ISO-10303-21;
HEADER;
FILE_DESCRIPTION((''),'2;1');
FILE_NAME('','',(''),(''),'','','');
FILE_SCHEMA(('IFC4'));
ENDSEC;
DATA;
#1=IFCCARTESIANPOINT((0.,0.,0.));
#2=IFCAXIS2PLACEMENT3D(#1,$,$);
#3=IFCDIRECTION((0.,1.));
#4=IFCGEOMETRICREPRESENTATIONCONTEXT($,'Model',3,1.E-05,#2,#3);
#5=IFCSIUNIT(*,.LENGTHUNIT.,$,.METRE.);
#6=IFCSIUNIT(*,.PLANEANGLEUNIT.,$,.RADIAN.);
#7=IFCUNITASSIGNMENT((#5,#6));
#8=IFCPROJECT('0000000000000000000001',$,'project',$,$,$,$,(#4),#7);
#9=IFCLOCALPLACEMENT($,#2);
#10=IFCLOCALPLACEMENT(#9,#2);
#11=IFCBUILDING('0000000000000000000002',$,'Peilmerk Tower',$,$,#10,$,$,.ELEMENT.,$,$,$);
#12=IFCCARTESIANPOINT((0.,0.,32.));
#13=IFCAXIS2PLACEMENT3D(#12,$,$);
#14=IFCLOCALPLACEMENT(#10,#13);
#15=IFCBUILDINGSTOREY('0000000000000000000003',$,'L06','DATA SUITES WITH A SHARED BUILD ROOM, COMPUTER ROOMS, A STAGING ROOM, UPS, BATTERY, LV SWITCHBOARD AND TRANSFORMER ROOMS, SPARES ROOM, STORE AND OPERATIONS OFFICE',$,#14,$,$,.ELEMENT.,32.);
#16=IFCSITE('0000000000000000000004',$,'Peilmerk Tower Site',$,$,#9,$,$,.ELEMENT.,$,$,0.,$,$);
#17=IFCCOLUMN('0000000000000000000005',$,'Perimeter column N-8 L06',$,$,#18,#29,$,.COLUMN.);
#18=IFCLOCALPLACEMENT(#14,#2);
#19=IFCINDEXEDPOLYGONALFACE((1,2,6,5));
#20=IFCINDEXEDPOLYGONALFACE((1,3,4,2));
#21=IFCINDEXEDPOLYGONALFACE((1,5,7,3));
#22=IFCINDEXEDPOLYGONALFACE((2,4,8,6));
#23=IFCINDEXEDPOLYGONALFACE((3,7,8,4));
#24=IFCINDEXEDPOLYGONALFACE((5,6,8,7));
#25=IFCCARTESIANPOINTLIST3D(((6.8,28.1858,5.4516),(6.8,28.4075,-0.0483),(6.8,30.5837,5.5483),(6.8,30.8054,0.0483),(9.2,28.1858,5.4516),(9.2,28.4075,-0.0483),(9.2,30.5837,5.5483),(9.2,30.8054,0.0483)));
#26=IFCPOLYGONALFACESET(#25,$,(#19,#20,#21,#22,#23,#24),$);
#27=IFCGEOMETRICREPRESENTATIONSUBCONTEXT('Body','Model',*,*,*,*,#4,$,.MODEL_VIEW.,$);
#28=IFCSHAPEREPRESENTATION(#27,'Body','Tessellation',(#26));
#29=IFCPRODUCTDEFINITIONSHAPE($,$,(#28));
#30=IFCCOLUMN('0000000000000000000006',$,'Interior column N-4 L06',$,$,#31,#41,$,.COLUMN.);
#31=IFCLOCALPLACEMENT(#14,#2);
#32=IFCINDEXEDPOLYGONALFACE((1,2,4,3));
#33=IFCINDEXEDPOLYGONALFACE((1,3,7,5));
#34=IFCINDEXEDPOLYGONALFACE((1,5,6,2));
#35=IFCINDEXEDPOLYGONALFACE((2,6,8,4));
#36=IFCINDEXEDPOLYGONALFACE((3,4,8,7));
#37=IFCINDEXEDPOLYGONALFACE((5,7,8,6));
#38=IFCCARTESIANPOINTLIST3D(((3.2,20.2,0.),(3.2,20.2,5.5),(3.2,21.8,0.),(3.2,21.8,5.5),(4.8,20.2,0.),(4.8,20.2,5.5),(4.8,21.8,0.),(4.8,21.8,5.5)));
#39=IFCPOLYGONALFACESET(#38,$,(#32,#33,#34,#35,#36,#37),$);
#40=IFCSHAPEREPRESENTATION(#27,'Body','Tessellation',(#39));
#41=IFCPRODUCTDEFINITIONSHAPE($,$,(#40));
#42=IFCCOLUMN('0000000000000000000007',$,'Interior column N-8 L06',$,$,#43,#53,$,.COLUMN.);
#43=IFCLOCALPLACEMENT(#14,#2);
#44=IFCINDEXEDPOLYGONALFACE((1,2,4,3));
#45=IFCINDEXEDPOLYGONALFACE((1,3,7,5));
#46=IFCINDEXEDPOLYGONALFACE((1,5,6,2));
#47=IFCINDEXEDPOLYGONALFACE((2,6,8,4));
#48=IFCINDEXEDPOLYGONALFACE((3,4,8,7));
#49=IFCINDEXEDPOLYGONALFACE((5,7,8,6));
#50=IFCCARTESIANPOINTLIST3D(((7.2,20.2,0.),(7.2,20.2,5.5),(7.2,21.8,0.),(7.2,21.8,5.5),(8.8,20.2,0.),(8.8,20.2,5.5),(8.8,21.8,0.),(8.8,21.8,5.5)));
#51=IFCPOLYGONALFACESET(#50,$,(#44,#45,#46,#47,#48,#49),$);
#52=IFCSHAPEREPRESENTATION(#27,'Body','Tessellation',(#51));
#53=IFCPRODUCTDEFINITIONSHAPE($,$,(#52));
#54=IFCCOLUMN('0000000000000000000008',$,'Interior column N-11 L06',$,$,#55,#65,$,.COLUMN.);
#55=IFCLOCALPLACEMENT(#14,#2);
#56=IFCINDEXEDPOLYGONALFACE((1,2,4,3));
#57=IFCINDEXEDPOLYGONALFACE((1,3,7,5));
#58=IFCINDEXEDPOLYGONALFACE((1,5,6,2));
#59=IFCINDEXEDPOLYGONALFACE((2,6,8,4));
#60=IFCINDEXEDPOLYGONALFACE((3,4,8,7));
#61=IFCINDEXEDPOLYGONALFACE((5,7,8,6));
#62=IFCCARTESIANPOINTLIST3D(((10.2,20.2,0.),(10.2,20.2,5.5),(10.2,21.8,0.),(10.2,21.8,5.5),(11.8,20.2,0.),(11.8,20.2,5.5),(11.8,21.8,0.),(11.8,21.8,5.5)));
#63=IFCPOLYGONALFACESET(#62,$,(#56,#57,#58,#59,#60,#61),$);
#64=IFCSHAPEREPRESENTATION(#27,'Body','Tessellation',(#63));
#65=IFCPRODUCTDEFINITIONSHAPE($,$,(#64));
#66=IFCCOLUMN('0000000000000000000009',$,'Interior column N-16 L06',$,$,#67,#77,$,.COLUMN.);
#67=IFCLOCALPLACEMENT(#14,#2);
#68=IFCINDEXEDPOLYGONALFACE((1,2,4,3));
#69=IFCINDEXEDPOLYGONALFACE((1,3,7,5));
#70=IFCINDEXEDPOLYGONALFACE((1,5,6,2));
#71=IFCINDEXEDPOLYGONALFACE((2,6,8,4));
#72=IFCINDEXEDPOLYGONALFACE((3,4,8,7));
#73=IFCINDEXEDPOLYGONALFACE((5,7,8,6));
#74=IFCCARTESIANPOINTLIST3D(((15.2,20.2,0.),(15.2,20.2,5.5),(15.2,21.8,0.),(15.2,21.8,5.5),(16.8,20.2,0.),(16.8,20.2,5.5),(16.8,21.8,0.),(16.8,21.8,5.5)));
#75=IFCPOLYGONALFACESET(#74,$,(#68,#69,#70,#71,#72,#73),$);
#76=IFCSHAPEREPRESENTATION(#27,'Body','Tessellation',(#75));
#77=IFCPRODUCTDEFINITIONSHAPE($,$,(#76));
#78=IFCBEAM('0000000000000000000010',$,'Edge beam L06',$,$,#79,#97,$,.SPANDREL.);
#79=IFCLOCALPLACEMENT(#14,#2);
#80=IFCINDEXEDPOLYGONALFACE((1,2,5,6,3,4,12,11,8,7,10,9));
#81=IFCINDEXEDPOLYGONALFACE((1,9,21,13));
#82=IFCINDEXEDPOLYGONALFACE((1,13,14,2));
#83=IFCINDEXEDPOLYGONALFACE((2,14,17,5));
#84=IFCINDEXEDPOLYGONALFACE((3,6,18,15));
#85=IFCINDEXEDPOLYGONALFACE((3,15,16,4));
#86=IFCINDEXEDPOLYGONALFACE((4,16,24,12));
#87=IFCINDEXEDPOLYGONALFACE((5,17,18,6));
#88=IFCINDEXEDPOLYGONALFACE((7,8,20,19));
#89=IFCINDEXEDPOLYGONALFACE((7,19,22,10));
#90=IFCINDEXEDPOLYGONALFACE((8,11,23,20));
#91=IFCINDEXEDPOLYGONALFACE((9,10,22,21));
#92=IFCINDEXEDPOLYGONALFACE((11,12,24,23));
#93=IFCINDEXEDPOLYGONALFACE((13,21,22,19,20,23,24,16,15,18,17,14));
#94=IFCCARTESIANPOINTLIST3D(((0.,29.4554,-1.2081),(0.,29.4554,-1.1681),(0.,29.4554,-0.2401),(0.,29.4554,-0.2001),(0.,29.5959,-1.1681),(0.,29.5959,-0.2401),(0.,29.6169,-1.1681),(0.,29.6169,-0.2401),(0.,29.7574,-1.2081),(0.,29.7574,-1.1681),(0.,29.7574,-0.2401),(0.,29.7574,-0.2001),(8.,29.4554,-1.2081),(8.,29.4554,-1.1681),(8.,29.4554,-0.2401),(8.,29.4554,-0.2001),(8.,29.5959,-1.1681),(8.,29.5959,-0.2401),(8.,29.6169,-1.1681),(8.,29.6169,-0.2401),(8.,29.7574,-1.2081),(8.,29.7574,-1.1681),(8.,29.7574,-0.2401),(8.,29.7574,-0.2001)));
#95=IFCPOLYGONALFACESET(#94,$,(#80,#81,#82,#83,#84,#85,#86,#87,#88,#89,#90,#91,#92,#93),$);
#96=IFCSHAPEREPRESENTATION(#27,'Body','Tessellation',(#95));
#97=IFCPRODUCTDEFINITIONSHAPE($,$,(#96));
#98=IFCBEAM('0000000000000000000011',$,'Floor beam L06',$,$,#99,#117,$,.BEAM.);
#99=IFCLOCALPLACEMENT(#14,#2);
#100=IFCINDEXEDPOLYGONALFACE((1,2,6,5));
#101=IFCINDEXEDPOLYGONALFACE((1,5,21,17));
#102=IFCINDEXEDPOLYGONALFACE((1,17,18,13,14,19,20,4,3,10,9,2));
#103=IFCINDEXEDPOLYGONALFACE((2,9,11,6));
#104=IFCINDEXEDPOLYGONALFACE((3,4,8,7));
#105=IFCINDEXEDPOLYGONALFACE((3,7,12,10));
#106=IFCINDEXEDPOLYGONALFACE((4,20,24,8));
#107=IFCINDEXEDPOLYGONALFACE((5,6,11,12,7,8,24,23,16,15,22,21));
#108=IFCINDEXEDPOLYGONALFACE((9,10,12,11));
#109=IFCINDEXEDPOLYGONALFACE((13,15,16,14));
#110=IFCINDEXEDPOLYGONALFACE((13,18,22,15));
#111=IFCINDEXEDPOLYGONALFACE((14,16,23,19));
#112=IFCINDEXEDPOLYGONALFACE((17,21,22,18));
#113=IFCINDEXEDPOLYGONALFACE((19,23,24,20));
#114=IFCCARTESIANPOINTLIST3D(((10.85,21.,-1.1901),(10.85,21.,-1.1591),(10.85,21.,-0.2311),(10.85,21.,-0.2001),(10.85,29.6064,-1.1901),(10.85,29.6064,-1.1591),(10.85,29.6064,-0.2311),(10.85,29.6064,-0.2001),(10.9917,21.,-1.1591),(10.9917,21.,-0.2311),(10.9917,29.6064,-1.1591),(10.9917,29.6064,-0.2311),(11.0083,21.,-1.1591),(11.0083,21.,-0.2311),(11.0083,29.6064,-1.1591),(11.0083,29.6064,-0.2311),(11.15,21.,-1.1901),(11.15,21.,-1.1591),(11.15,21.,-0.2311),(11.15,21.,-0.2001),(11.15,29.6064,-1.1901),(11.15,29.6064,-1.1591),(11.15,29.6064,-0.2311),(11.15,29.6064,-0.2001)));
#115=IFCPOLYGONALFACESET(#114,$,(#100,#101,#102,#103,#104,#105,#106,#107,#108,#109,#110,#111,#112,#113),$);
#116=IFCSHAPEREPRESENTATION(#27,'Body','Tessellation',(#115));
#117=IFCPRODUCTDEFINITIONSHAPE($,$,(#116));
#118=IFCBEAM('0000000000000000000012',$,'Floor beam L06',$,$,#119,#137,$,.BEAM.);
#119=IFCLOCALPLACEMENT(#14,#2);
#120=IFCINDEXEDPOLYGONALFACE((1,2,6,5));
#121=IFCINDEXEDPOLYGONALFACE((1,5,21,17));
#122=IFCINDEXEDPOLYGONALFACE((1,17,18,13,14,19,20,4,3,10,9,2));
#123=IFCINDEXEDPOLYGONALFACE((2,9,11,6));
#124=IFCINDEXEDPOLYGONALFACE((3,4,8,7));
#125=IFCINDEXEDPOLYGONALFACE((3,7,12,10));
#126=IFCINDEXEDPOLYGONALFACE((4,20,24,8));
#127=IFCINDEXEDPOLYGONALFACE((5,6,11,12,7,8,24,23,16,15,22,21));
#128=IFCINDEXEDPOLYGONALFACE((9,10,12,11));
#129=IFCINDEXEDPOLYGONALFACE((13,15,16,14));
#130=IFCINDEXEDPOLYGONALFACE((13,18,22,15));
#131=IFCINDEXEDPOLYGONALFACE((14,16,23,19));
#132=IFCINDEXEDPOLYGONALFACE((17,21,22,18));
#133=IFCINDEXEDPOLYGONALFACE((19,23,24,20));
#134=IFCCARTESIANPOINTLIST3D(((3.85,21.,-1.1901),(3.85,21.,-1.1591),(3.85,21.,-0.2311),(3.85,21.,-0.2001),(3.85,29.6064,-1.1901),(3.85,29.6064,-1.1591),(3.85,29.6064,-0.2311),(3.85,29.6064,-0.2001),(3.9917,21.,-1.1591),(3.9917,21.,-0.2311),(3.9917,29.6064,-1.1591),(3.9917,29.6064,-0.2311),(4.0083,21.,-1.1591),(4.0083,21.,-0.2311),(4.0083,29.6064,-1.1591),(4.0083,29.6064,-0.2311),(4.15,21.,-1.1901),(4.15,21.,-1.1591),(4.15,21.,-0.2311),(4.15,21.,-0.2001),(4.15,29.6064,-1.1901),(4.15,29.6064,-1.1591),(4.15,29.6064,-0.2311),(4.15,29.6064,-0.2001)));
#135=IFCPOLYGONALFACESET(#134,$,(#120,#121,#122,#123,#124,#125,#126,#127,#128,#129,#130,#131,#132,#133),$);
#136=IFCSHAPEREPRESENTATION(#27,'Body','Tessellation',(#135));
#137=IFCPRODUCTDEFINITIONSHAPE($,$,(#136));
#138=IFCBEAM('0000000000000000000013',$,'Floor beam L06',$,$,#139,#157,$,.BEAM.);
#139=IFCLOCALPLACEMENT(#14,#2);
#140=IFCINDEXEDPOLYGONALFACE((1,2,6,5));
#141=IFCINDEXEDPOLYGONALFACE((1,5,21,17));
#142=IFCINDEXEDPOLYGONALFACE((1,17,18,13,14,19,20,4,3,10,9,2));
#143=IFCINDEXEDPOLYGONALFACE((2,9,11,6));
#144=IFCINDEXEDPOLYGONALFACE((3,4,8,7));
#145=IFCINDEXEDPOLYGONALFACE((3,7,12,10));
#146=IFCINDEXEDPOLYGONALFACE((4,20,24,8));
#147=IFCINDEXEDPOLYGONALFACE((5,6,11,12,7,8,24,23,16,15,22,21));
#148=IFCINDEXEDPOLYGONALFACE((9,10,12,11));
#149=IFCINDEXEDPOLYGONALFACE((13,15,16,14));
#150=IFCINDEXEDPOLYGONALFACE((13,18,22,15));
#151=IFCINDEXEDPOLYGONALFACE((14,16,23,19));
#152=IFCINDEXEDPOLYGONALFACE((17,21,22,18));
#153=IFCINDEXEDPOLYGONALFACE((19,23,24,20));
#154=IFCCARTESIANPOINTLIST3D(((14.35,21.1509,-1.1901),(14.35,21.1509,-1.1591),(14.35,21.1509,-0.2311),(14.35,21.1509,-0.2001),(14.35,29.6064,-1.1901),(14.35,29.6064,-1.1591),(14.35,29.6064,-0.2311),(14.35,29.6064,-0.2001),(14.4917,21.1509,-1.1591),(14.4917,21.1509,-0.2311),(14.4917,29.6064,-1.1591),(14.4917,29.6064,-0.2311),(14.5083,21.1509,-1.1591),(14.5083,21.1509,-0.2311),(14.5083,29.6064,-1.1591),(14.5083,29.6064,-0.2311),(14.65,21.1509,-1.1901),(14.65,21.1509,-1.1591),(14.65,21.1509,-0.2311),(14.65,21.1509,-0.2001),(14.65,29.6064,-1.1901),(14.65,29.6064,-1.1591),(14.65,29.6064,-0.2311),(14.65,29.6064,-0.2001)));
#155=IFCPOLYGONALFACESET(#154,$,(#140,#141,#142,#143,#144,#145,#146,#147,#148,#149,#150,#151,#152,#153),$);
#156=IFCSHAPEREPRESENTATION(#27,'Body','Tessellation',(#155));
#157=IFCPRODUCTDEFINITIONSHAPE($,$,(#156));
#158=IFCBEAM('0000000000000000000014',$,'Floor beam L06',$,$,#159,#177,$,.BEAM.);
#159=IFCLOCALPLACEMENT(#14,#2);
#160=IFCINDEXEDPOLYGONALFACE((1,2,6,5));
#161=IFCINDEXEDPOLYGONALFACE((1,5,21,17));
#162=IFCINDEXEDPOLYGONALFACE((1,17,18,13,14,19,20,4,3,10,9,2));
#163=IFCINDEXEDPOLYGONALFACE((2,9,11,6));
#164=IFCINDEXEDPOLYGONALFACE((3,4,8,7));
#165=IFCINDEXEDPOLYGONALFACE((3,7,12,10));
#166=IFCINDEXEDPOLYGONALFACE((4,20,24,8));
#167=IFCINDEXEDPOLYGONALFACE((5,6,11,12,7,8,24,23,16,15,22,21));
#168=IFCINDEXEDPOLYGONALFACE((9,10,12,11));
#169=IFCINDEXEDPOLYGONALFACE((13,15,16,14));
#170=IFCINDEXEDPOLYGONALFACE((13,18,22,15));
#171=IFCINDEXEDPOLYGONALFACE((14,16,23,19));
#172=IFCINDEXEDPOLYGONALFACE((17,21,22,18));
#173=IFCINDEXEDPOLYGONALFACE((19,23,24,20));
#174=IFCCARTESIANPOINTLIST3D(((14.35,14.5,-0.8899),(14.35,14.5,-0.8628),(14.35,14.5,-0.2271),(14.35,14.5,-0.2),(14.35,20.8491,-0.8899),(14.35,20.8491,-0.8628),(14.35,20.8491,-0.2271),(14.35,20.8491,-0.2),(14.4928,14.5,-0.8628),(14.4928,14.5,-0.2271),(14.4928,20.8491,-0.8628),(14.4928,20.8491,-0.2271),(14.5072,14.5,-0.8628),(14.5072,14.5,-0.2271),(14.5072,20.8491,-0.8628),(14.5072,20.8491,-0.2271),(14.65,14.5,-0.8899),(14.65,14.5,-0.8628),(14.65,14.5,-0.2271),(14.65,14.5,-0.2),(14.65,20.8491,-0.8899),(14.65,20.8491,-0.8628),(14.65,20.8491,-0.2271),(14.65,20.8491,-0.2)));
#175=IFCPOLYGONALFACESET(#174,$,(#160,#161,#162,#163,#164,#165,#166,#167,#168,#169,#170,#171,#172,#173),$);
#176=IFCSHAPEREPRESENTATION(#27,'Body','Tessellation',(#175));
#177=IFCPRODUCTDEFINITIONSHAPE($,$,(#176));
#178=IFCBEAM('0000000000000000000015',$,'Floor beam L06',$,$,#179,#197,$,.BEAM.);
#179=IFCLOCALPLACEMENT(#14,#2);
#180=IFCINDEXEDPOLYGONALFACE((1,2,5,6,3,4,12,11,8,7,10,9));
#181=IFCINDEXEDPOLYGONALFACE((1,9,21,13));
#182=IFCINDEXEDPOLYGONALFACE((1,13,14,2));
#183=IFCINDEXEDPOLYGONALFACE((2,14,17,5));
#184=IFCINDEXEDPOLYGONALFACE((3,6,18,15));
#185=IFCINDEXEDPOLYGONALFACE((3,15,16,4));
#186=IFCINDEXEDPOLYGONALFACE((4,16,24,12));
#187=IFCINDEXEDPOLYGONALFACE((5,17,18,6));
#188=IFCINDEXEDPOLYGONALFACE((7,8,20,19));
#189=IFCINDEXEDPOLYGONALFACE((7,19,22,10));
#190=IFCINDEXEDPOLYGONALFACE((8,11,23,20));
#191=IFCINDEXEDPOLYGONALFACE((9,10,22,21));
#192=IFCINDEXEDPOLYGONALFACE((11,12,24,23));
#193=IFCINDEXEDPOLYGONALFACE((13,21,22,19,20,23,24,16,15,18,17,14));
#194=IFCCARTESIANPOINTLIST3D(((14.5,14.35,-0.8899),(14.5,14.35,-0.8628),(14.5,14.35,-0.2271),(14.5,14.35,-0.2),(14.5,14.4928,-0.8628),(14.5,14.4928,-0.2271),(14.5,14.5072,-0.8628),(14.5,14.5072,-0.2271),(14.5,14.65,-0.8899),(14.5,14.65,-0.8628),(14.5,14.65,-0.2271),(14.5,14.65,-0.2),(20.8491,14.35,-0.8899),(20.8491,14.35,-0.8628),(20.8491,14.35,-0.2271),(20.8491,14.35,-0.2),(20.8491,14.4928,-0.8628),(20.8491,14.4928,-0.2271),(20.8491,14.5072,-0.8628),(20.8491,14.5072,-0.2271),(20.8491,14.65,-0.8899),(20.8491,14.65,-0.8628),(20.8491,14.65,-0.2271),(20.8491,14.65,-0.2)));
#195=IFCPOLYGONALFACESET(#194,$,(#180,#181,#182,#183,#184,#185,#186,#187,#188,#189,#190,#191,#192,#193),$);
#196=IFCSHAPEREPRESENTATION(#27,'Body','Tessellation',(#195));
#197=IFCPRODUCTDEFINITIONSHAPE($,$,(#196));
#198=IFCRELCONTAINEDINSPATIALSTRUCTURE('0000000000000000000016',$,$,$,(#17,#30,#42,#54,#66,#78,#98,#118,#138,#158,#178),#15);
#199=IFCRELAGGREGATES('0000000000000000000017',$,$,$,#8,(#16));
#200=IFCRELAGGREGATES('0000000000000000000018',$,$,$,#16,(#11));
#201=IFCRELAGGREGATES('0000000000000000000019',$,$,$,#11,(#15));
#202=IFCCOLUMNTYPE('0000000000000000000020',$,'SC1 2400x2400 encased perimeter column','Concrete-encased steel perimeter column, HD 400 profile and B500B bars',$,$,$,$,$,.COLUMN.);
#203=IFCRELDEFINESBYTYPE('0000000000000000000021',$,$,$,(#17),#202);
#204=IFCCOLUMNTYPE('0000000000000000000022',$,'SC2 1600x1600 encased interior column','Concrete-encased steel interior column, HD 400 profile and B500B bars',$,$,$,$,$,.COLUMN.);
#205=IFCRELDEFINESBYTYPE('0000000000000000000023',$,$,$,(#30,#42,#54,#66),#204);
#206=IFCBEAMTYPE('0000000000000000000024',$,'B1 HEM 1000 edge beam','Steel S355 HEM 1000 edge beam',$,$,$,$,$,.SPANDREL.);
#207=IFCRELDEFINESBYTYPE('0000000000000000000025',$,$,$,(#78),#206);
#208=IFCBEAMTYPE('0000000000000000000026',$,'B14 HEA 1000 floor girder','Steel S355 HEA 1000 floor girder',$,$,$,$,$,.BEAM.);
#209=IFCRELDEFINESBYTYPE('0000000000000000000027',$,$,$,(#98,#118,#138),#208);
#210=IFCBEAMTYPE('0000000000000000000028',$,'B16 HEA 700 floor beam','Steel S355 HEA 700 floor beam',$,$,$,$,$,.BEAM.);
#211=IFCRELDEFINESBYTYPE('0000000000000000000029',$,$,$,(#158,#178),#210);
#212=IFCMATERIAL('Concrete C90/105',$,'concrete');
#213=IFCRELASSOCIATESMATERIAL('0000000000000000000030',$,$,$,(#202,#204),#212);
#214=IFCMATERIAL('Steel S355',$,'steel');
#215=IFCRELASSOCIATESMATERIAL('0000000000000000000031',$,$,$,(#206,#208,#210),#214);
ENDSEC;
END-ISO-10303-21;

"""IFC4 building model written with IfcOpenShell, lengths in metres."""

from ifc_helpers import new_model, si_unit, direction, frame, origin, origin_2d, place, context, subcontext, project, spatial, rectangle, i_section, extrude, material, material_profile, profile_set, type_object, element, save


model = new_model("IFC4")

# Units and contexts
model_context = context("Model", 3, precision=1e-05, world=origin(), true_north=direction((0.0, 1.0)))
body_context = subcontext(model_context, "Body", "Model", "MODEL_VIEW")
ifc_project = project(units=[si_unit("LENGTHUNIT", "METRE"), si_unit("PLANEANGLEUNIT", "RADIAN")], contexts=[model_context])

# Site, building, storey
site_placement = place(None, origin())
site = spatial("IfcSite", under=ifc_project, at=site_placement, Name="Peilmerk Tower Site", CompositionType="ELEMENT", RefElevation=0.0)
building_placement = place(site_placement, origin())
building = spatial("IfcBuilding", under=site, at=building_placement, Name="Peilmerk Tower", CompositionType="ELEMENT")
storey_placement = place(building_placement, frame((0.0, 0.0, 32.0)))
storey = spatial("IfcBuildingStorey", under=building, at=storey_placement, Name="L06", Description="DATA SUITES WITH A SHARED BUILD ROOM, COMPUTER ROOMS, A STAGING ROOM, UPS, BATTERY, LV SWITCHBOARD AND TRANSFORMER ROOMS, SPARES ROOM, STORE AND OPERATIONS OFFICE", CompositionType="ELEMENT", Elevation=32.0)

# Columns
ifc_material_1 = material(Name="Concrete C90/105", Category="concrete")
ifc_material_profile_1 = material_profile(ifc_material_1, rectangle(XDim=2.3999, YDim=2.3999, at=origin_2d()), Name="RC 2400x2400")
ifc_profile_set_1 = profile_set([ifc_material_profile_1], Name="Concrete C90/105")
column_type_1 = type_object("IfcColumnType", Name="SC1 2400x2400 encased perimeter column", Description="Concrete-encased steel perimeter column, HD 400 profile and B500B bars", PredefinedType="COLUMN", material=ifc_profile_set_1)
column_placement = place(storey_placement, frame((8.0, 29.6064, 0.0), z_axis=(0.0, -0.040273, 0.999189), x_axis=(1.0, 0.0, 0.0)))
element("IfcColumn", 1, at=column_placement, inside=storey, type_object=column_type_1, Name="Perimeter column N-8 L06", PredefinedType="COLUMN", context=body_context, shape_type="SweptSolid", body=[
    extrude(rectangle(XDim=2.3999, YDim=2.3999, at=origin_2d()), origin(), (0.0, 0.0, 1.0), 5.5044),
])
ifc_material_profile_2 = material_profile(ifc_material_1, rectangle(XDim=1.6001, YDim=1.6001, at=origin_2d()), Name="RC 1600x1600")
ifc_profile_set_2 = profile_set([ifc_material_profile_2], Name="Concrete C90/105")
column_type_2 = type_object("IfcColumnType", Name="SC2 1600x1600 encased interior column", Description="Concrete-encased steel interior column, HD 400 profile and B500B bars", PredefinedType="COLUMN", material=ifc_profile_set_2)
for number, where, z_axis, x_axis, name in (
    (2, (4.0, 21.0, 0.0), (0.0, 0.0, 1.0), (1.0, 0.0, 0.0), "Interior column N-4 L06"),
    (3, (8.0, 21.0, 0.0), (0.0, 0.0, 1.0), (1.0, 0.0, 0.0), "Interior column N-8 L06"),
    (4, (11.0, 21.0, 0.0), (0.0, 0.0, 1.0), (1.0, 0.0, 0.0), "Interior column N-11 L06"),
    (5, (16.0, 21.0, 0.0), (0.0, 0.0, 1.0), (1.0, 0.0, 0.0), "Interior column N-16 L06"),
):
    element("IfcColumn", number, at=place(storey_placement, frame(where, z_axis=z_axis, x_axis=x_axis)), inside=storey, type_object=column_type_2, Name=name, PredefinedType="COLUMN", context=body_context, shape_type="SweptSolid", body=[
        extrude(rectangle(XDim=1.6001, YDim=1.6001, at=origin_2d()), origin(), (0.0, 0.0, 1.0), 5.5),
    ])

# Beams
ifc_material_2 = material(Name="Steel S355", Category="steel")
ifc_material_profile_3 = material_profile(ifc_material_2, i_section(OverallWidth=0.302, OverallDepth=1.0081, WebThickness=0.021, FlangeThickness=0.04, at=origin_2d()), Name="HEM 1000")
ifc_profile_set_3 = profile_set([ifc_material_profile_3], Name="Steel S355")
beam_type_1 = type_object("IfcBeamType", Name="B1 HEM 1000 edge beam", Description="Steel S355 HEM 1000 edge beam", PredefinedType="SPANDREL", material=ifc_profile_set_3)
beam_1_placement = place(storey_placement, frame((8.0, 29.6064, -0.7041), z_axis=(-1.0, 0.0, 0.0), x_axis=(0.0, -1.0, 0.0)))
element("IfcBeam", 6, at=beam_1_placement, inside=storey, type_object=beam_type_1, Name="Edge beam L06", PredefinedType="SPANDREL", context=body_context, shape_type="SweptSolid", body=[
    extrude(i_section(OverallWidth=0.302, OverallDepth=1.0081, WebThickness=0.021, FlangeThickness=0.04, at=origin_2d()), origin(), (0.0, 0.0, 1.0), 8.0),
])
ifc_material_profile_4 = material_profile(ifc_material_2, i_section(OverallWidth=0.3, OverallDepth=0.99, WebThickness=0.0166, FlangeThickness=0.031, at=origin_2d()), Name="HEA 1000")
ifc_profile_set_4 = profile_set([ifc_material_profile_4], Name="Steel S355")
beam_type_2 = type_object("IfcBeamType", Name="B14 HEA 1000 floor girder", Description="Steel S355 HEA 1000 floor girder", PredefinedType="BEAM", material=ifc_profile_set_4)
for number, where, z_axis, x_axis, name in (
    (7, (11.0, 21.0, -0.6951), (0.0, 1.0, 0.0), (-1.0, 0.0, 0.0), "Floor beam L06"),
    (8, (4.0, 21.0, -0.6951), (0.0, 1.0, 0.0), (-1.0, 0.0, 0.0), "Floor beam L06"),
):
    element("IfcBeam", number, at=place(storey_placement, frame(where, z_axis=z_axis, x_axis=x_axis)), inside=storey, type_object=beam_type_2, Name=name, PredefinedType="BEAM", context=body_context, shape_type="SweptSolid", body=[
        extrude(i_section(OverallWidth=0.3, OverallDepth=0.99, WebThickness=0.0166, FlangeThickness=0.031, at=origin_2d()), origin(), (0.0, 0.0, 1.0), 8.6064),
    ])
beam_2_placement = place(storey_placement, frame((14.5, 21.1509, -0.6951), z_axis=(0.0, 1.0, 0.0), x_axis=(-1.0, 0.0, 0.0)))
element("IfcBeam", 9, at=beam_2_placement, inside=storey, type_object=beam_type_2, Name="Floor beam L06", PredefinedType="BEAM", context=body_context, shape_type="SweptSolid", body=[
    extrude(i_section(OverallWidth=0.3, OverallDepth=0.99, WebThickness=0.0166, FlangeThickness=0.031, at=origin_2d()), origin(), (0.0, 0.0, 1.0), 8.4556),
])
ifc_material_profile_5 = material_profile(ifc_material_2, i_section(OverallWidth=0.3, OverallDepth=0.6899, WebThickness=0.0144, FlangeThickness=0.0271, at=origin_2d()), Name="HEA 700")
ifc_profile_set_5 = profile_set([ifc_material_profile_5], Name="Steel S355")
beam_type_3 = type_object("IfcBeamType", Name="B16 HEA 700 floor beam", Description="Steel S355 HEA 700 floor beam", PredefinedType="BEAM", material=ifc_profile_set_5)
for number, where, z_axis, x_axis, name in (
    (10, (14.5, 14.5, -0.5449), (0.0, 1.0, 0.0), (-1.0, 0.0, 0.0), "Floor beam L06"),
    (11, (14.5, 14.5, -0.5449), (1.0, 0.0, 0.0), (0.0, 1.0, 0.0), "Floor beam L06"),
):
    element("IfcBeam", number, at=place(storey_placement, frame(where, z_axis=z_axis, x_axis=x_axis)), inside=storey, type_object=beam_type_3, Name=name, PredefinedType="BEAM", context=body_context, shape_type="SweptSolid", body=[
        extrude(i_section(OverallWidth=0.3, OverallDepth=0.6899, WebThickness=0.0144, FlangeThickness=0.0271, at=origin_2d()), origin(), (0.0, 0.0, 1.0), 6.3491),
    ])

save(model, "model.ifc")
